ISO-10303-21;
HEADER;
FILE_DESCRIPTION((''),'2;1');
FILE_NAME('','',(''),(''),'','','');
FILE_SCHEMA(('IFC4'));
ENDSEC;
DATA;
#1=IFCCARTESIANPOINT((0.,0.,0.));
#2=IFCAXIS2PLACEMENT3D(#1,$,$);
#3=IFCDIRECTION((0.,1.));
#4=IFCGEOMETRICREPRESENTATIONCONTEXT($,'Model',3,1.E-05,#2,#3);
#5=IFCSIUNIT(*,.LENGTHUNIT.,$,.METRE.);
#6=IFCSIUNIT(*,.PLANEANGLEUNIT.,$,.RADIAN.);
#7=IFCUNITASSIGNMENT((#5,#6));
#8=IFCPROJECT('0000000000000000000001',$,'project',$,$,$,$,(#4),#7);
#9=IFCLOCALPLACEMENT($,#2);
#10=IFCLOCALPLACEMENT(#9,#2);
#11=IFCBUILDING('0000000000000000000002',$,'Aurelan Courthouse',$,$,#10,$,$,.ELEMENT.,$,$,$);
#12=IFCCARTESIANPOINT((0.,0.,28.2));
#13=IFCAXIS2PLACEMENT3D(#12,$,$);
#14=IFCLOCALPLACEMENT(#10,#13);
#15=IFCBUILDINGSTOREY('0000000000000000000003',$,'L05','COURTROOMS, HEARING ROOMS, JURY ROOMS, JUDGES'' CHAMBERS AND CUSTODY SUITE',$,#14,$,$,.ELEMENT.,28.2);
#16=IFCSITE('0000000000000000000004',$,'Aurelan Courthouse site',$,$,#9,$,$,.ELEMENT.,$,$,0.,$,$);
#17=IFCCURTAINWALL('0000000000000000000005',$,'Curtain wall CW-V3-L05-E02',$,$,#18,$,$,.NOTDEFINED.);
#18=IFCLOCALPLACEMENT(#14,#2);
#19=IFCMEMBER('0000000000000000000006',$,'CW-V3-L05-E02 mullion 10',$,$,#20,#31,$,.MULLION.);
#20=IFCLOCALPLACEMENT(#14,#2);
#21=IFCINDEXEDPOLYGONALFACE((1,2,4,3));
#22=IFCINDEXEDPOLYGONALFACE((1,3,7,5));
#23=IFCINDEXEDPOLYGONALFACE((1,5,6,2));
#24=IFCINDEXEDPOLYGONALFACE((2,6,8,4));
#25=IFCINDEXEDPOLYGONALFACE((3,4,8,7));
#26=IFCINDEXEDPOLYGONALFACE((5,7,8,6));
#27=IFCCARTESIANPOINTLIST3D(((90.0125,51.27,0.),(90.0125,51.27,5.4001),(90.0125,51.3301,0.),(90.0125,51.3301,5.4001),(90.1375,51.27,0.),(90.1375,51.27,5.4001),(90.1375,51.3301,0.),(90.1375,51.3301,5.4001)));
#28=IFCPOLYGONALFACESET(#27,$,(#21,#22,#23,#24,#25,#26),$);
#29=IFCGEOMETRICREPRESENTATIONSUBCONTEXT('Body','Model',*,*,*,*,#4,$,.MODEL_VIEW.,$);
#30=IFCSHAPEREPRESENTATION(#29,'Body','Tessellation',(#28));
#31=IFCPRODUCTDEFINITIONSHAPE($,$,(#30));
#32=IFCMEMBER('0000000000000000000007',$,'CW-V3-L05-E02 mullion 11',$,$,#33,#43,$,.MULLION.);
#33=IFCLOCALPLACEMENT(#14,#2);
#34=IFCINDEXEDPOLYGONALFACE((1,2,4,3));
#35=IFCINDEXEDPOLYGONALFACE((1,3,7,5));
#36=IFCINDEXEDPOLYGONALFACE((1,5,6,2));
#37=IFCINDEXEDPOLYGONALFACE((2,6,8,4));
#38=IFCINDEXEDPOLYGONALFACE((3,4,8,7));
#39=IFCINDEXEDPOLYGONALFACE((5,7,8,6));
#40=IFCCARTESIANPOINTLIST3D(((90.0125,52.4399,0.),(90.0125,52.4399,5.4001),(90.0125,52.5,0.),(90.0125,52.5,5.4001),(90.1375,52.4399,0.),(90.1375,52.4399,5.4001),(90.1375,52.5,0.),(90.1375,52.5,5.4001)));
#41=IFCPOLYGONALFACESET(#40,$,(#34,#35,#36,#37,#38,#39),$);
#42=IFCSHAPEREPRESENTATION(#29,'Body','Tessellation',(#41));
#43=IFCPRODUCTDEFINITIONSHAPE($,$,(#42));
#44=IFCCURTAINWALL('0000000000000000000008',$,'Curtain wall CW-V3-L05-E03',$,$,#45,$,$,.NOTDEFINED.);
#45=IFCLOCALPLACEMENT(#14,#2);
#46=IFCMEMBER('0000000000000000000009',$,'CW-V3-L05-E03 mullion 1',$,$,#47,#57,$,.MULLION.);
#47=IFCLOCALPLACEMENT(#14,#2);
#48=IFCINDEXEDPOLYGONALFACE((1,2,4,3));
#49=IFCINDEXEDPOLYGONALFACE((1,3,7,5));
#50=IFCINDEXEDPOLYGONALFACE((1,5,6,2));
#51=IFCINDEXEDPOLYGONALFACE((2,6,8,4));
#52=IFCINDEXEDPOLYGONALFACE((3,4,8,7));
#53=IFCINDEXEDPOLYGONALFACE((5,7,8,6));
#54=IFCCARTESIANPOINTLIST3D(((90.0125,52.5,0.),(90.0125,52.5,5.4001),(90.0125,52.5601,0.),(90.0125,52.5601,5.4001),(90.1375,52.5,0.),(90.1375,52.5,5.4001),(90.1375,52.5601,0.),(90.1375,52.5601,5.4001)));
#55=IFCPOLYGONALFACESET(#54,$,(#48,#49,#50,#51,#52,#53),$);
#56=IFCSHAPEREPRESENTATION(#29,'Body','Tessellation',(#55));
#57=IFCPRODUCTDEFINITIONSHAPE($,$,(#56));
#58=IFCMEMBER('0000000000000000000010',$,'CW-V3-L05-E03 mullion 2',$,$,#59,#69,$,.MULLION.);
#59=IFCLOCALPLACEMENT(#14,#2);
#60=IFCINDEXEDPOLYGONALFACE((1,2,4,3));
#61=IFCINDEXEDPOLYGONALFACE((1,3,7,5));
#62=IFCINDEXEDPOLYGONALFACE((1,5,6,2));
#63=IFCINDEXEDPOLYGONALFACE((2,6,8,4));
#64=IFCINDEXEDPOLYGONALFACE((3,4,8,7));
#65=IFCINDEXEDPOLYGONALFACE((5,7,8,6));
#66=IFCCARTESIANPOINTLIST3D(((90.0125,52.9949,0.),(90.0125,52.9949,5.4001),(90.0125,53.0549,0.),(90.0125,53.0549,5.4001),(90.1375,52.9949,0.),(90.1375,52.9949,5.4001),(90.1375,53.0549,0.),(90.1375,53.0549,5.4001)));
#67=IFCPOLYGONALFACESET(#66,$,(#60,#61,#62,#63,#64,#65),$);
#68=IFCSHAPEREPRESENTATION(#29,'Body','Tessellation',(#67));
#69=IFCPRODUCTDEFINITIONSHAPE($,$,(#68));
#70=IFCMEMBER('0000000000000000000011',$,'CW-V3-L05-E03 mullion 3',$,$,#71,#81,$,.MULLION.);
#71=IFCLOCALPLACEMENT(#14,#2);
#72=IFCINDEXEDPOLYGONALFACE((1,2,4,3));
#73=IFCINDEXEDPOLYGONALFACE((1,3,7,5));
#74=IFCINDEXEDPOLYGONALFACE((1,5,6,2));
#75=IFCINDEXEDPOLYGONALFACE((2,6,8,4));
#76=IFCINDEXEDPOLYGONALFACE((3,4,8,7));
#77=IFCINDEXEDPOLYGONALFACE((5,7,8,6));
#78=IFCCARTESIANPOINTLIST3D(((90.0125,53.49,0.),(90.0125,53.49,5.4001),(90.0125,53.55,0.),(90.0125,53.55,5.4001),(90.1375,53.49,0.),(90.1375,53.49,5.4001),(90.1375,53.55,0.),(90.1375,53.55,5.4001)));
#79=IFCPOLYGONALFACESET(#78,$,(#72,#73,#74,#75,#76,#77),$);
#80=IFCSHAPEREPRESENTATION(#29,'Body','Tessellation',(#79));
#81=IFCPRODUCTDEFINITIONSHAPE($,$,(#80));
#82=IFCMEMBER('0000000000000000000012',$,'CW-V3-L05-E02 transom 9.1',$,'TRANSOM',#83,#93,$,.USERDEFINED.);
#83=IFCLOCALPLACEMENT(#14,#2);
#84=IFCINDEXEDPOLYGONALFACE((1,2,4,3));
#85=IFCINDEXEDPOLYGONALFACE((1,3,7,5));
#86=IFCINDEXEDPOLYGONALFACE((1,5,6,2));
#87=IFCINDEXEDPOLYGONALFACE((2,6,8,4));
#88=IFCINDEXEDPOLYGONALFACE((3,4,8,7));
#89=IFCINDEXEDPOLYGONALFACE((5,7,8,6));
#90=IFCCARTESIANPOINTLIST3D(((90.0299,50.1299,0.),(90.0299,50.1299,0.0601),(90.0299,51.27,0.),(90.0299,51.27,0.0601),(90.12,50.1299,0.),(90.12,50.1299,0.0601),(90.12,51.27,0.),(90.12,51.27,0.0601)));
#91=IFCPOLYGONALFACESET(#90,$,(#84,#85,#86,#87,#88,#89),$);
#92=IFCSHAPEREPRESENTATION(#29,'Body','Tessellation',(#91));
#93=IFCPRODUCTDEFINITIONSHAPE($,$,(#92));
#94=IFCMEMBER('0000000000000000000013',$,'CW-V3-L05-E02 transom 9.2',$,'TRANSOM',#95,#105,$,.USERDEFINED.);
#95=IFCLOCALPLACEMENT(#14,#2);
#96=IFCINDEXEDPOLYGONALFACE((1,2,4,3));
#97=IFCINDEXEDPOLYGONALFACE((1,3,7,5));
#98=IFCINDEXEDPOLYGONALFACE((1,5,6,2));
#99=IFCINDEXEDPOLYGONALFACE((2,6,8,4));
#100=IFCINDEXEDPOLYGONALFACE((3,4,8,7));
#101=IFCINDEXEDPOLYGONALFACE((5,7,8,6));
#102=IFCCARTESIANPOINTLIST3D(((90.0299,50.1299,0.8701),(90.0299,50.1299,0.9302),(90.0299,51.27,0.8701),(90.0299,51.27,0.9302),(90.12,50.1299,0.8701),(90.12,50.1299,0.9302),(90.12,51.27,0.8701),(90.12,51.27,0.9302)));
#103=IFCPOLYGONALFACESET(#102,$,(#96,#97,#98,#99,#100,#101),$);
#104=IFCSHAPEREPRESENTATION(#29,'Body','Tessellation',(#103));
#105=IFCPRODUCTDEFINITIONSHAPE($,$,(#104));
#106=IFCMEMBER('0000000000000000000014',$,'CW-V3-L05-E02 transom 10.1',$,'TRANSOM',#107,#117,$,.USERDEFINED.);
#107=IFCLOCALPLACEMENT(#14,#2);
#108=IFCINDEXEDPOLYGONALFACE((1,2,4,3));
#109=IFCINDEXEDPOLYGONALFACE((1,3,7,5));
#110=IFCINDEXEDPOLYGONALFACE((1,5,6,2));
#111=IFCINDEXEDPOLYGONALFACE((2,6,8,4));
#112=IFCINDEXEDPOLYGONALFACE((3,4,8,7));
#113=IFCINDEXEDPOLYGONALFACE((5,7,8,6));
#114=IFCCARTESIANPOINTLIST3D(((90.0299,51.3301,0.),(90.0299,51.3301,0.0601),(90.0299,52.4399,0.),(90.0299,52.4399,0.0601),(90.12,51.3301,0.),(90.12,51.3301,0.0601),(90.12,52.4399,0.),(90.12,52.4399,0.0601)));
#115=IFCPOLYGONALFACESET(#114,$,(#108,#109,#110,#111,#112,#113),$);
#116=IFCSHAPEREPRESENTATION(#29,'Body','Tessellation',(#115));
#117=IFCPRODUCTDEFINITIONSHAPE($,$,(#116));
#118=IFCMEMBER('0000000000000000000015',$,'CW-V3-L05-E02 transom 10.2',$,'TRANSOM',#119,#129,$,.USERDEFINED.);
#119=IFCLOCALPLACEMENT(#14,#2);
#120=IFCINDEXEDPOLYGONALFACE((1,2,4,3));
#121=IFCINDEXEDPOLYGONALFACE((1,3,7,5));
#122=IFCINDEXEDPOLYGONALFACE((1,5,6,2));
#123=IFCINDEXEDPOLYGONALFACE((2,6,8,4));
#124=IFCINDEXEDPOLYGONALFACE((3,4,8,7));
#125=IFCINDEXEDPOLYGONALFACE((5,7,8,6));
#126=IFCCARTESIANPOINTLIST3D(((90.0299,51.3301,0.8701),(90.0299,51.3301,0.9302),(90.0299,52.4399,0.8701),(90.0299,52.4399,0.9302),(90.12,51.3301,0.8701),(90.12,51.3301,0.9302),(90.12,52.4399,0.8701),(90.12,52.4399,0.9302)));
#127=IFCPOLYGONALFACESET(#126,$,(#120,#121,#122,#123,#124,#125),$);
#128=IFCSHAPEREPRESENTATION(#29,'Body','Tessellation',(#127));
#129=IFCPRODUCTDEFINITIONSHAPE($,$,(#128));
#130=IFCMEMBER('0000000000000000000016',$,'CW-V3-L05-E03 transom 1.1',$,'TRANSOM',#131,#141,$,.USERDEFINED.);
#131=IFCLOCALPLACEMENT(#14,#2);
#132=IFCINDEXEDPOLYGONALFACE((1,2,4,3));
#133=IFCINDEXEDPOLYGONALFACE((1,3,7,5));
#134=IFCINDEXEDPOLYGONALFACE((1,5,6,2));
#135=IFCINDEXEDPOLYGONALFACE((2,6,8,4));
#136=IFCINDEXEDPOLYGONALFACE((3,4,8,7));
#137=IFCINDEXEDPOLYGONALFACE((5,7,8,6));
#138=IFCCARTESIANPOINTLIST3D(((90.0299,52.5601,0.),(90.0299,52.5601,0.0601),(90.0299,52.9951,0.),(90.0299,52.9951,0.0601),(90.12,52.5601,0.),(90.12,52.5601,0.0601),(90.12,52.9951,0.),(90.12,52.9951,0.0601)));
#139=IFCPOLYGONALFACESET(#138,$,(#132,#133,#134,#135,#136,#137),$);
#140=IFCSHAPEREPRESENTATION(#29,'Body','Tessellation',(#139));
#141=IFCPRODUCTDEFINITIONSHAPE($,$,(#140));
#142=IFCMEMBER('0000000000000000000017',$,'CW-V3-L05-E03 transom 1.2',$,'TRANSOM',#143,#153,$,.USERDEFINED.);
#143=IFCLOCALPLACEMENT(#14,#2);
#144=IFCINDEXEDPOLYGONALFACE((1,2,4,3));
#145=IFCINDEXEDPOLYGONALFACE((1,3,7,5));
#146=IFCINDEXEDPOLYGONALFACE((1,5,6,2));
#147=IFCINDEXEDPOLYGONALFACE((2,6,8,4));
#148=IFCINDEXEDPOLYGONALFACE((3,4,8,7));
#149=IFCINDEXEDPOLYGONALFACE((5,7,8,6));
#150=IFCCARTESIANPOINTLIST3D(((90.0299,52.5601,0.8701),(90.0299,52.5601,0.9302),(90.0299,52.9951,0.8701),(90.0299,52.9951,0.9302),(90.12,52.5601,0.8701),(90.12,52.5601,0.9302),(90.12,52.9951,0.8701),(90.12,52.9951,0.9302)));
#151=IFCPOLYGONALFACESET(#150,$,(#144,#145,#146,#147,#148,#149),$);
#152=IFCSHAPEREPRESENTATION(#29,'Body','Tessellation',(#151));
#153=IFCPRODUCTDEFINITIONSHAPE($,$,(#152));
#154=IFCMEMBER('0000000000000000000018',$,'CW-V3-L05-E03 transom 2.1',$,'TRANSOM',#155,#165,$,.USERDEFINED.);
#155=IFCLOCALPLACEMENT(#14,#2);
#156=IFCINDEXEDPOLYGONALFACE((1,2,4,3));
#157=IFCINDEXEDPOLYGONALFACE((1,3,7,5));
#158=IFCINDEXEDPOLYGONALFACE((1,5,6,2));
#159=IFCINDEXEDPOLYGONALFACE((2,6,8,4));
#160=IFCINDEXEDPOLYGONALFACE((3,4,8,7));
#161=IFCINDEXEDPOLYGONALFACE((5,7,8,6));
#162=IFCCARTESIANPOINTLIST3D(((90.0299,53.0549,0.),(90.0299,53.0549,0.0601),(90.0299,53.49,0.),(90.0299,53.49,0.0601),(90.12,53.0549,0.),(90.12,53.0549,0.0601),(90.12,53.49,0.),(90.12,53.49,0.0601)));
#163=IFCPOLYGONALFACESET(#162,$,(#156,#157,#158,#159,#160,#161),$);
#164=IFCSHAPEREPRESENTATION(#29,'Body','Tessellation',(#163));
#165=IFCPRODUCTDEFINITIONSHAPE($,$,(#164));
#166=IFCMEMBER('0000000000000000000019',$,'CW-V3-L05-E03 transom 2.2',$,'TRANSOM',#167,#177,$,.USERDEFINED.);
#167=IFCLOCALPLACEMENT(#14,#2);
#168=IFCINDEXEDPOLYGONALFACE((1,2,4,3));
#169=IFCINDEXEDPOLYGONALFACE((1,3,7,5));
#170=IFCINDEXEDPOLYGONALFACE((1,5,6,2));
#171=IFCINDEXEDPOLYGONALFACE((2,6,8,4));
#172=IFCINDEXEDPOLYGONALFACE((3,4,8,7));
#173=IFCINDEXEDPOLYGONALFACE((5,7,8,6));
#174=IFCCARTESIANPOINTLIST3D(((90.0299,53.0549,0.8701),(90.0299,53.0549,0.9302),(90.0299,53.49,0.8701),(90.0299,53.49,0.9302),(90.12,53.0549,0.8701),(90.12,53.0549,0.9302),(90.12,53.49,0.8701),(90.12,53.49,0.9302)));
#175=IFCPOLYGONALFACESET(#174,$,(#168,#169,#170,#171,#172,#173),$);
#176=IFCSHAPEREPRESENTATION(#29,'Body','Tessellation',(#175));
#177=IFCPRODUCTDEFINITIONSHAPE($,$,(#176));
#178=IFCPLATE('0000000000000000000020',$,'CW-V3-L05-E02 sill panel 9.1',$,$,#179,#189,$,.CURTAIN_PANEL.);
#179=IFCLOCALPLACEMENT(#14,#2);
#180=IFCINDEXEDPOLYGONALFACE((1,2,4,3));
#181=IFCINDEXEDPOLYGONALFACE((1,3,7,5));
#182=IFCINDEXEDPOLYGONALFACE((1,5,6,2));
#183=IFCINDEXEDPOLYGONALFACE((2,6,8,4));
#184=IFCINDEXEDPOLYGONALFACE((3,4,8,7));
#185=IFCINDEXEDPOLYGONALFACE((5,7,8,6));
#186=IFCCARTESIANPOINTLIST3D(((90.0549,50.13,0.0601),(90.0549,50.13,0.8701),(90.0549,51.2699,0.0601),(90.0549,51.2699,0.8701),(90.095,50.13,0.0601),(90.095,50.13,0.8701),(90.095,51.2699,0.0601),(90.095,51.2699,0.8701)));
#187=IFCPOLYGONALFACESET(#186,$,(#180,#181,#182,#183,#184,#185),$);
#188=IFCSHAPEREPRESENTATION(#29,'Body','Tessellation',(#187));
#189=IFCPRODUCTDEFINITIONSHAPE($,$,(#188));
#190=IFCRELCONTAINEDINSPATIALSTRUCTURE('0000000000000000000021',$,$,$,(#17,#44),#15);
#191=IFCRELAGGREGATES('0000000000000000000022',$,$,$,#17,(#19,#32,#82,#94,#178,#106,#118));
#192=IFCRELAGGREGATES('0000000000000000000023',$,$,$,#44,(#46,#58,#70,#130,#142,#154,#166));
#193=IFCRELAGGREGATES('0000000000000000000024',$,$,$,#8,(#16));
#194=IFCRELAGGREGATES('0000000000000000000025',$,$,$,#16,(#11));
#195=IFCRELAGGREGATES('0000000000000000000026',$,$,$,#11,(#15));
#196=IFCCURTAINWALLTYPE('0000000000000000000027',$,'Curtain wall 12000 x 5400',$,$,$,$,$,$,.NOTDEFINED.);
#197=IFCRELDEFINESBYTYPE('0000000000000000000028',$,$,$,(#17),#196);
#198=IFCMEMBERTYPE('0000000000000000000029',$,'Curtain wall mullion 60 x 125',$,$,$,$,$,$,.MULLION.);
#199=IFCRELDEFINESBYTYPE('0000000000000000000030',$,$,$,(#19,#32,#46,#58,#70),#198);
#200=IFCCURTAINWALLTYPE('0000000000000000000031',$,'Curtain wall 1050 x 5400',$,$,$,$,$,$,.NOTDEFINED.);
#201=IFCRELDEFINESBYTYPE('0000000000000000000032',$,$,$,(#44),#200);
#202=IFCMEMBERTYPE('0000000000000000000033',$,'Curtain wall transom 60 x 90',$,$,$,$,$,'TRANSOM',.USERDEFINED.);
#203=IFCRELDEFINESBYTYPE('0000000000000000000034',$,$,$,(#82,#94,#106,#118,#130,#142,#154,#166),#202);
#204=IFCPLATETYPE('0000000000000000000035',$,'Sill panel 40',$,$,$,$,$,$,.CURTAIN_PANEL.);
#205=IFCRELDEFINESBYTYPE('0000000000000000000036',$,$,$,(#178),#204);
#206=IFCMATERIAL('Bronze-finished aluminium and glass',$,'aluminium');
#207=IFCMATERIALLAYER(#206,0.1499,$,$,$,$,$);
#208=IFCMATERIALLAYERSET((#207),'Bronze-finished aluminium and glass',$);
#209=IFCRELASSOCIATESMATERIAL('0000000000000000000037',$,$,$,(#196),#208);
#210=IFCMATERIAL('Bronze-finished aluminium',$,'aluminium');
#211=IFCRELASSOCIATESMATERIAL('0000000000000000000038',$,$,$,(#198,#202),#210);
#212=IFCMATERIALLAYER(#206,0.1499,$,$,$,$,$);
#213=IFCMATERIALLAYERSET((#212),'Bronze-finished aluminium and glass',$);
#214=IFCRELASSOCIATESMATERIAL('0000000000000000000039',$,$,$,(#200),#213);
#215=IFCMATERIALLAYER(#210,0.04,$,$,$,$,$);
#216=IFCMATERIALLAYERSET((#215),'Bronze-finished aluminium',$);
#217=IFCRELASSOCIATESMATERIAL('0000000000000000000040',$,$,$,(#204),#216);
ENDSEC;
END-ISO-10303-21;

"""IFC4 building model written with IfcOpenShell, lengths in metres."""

from ifc_helpers import new_model, si_unit, direction, frame, origin, origin_2d, place, context, subcontext, project, spatial, rectangle, extrude, material, layer, layer_set, material_profile, profile_set, type_object, element, aggregate, save


model = new_model("IFC4")

# Units and contexts
model_context = context("Model", 3, precision=1e-05, world=origin(), true_north=direction((0.0, 1.0)))
body_context = subcontext(model_context, "Body", "Model", "MODEL_VIEW")
ifc_project = project(units=[si_unit("LENGTHUNIT", "METRE"), si_unit("PLANEANGLEUNIT", "RADIAN")], contexts=[model_context])

# Site, building, storey
site_placement = place(None, origin())
site = spatial("IfcSite", under=ifc_project, at=site_placement, Name="Aurelan Courthouse site", CompositionType="ELEMENT", RefElevation=0.0)
building_placement = place(site_placement, origin())
building = spatial("IfcBuilding", under=site, at=building_placement, Name="Aurelan Courthouse", CompositionType="ELEMENT")
storey_placement = place(building_placement, frame((0.0, 0.0, 28.2)))
storey = spatial("IfcBuildingStorey", under=building, at=storey_placement, Name="L05", Description="COURTROOMS, HEARING ROOMS, JURY ROOMS, JUDGES' CHAMBERS AND CUSTODY SUITE", CompositionType="ELEMENT", Elevation=28.2)

# Curtain walls, members
ifc_material_1 = material(Name="Bronze-finished aluminium and glass", Category="aluminium")
ifc_layer_1 = layer(ifc_material_1, 0.1499)
ifc_layer_set_1 = layer_set([ifc_layer_1], Name="Bronze-finished aluminium and glass")
curtain_wall_type_1 = type_object("IfcCurtainWallType", Name="Curtain wall 12000 x 5400", PredefinedType="NOTDEFINED", material=ifc_layer_set_1)
curtain_wall_1_placement = place(storey_placement, origin())
curtain_wall_1 = element("IfcCurtainWall", 1, at=curtain_wall_1_placement, inside=storey, type_object=curtain_wall_type_1, Name="Curtain wall CW-V3-L05-E02", PredefinedType="NOTDEFINED")
ifc_material_2 = material(Name="Bronze-finished aluminium", Category="aluminium")
ifc_material_profile_1 = material_profile(ifc_material_2, rectangle(XDim=0.125, YDim=0.0601, at=origin_2d()), Name="Bronze mullion 60 x 125")
ifc_profile_set_1 = profile_set([ifc_material_profile_1], Name="Bronze-finished aluminium")
member_type_1 = type_object("IfcMemberType", Name="Curtain wall mullion 60 x 125", PredefinedType="MULLION", material=ifc_profile_set_1)
member_1_placement = place(storey_placement, frame((90.075, 51.3, 0.0), z_axis=(0.0, 0.0, 1.0), x_axis=(-1.0, 0.0, 0.0)))
member_1 = element("IfcMember", 2, at=member_1_placement, type_object=member_type_1, Name="CW-V3-L05-E02 mullion 10", PredefinedType="MULLION", context=body_context, shape_type="SweptSolid", body=[
    extrude(rectangle(XDim=0.125, YDim=0.0601, at=origin_2d()), origin(), (0.0, 0.0, 1.0), 5.4001),
])
member_2_placement = place(storey_placement, frame((90.075, 52.47, 0.0), z_axis=(0.0, 0.0, 1.0), x_axis=(-1.0, 0.0, 0.0)))
member_2 = element("IfcMember", 3, at=member_2_placement, type_object=member_type_1, Name="CW-V3-L05-E02 mullion 11", PredefinedType="MULLION", context=body_context, shape_type="SweptSolid", body=[
    extrude(rectangle(XDim=0.125, YDim=0.0601, at=origin_2d()), origin(), (0.0, 0.0, 1.0), 5.4001),
])
ifc_layer_2 = layer(ifc_material_1, 0.1499)
ifc_layer_set_2 = layer_set([ifc_layer_2], Name="Bronze-finished aluminium and glass")
curtain_wall_type_2 = type_object("IfcCurtainWallType", Name="Curtain wall 1050 x 5400", PredefinedType="NOTDEFINED", material=ifc_layer_set_2)
curtain_wall_2_placement = place(storey_placement, origin())
curtain_wall_2 = element("IfcCurtainWall", 4, at=curtain_wall_2_placement, inside=storey, type_object=curtain_wall_type_2, Name="Curtain wall CW-V3-L05-E03", PredefinedType="NOTDEFINED")
member_3_placement = place(storey_placement, frame((90.075, 52.53, 0.0), z_axis=(0.0, 0.0, 1.0), x_axis=(-1.0, 0.0, 0.0)))
member_3 = element("IfcMember", 5, at=member_3_placement, type_object=member_type_1, Name="CW-V3-L05-E03 mullion 1", PredefinedType="MULLION", context=body_context, shape_type="SweptSolid", body=[
    extrude(rectangle(XDim=0.125, YDim=0.0601, at=origin_2d()), origin(), (0.0, 0.0, 1.0), 5.4001),
])
member_4_placement = place(storey_placement, frame((90.075, 53.0249, 0.0), z_axis=(0.0, 0.0, 1.0), x_axis=(-1.0, 0.0, 0.0)))
member_4 = element("IfcMember", 6, at=member_4_placement, type_object=member_type_1, Name="CW-V3-L05-E03 mullion 2", PredefinedType="MULLION", context=body_context, shape_type="SweptSolid", body=[
    extrude(rectangle(XDim=0.125, YDim=0.0601, at=origin_2d()), origin(), (0.0, 0.0, 1.0), 5.4001),
])
member_5_placement = place(storey_placement, frame((90.075, 53.52, 0.0), z_axis=(0.0, 0.0, 1.0), x_axis=(-1.0, 0.0, 0.0)))
member_5 = element("IfcMember", 7, at=member_5_placement, type_object=member_type_1, Name="CW-V3-L05-E03 mullion 3", PredefinedType="MULLION", context=body_context, shape_type="SweptSolid", body=[
    extrude(rectangle(XDim=0.125, YDim=0.0601, at=origin_2d()), origin(), (0.0, 0.0, 1.0), 5.4001),
])

# Members
ifc_material_profile_2 = material_profile(ifc_material_2, rectangle(XDim=0.0901, YDim=0.0601, at=origin_2d()), Name="Bronze transom 60 x 90")
ifc_profile_set_2 = profile_set([ifc_material_profile_2], Name="Bronze-finished aluminium")
member_type_2 = type_object("IfcMemberType", Name="Curtain wall transom 60 x 90", ElementType="TRANSOM", PredefinedType="USERDEFINED", material=ifc_profile_set_2)
member_6_placement = place(storey_placement, frame((90.075, 50.1299, 0.03), z_axis=(0.0, 1.0, 0.0), x_axis=(-1.0, 0.0, 0.0)))
member_6 = element("IfcMember", 8, at=member_6_placement, type_object=member_type_2, Name="CW-V3-L05-E02 transom 9.1", ObjectType="TRANSOM", PredefinedType="USERDEFINED", context=body_context, shape_type="SweptSolid", body=[
    extrude(rectangle(XDim=0.0901, YDim=0.0601, at=origin_2d()), origin(), (0.0, 0.0, 1.0), 1.1401),
])
member_7_placement = place(storey_placement, frame((90.075, 50.1299, 0.9001), z_axis=(0.0, 1.0, 0.0), x_axis=(-1.0, 0.0, 0.0)))
member_7 = element("IfcMember", 9, at=member_7_placement, type_object=member_type_2, Name="CW-V3-L05-E02 transom 9.2", ObjectType="TRANSOM", PredefinedType="USERDEFINED", context=body_context, shape_type="SweptSolid", body=[
    extrude(rectangle(XDim=0.0901, YDim=0.0601, at=origin_2d()), origin(), (0.0, 0.0, 1.0), 1.1401),
])
member_8_placement = place(storey_placement, frame((90.075, 51.3301, 0.03), z_axis=(0.0, 1.0, 0.0), x_axis=(-1.0, 0.0, 0.0)))
member_8 = element("IfcMember", 10, at=member_8_placement, type_object=member_type_2, Name="CW-V3-L05-E02 transom 10.1", ObjectType="TRANSOM", PredefinedType="USERDEFINED", context=body_context, shape_type="SweptSolid", body=[
    extrude(rectangle(XDim=0.0901, YDim=0.0601, at=origin_2d()), origin(), (0.0, 0.0, 1.0), 1.1099),
])
member_9_placement = place(storey_placement, frame((90.075, 51.3301, 0.9001), z_axis=(0.0, 1.0, 0.0), x_axis=(-1.0, 0.0, 0.0)))
member_9 = element("IfcMember", 11, at=member_9_placement, type_object=member_type_2, Name="CW-V3-L05-E02 transom 10.2", ObjectType="TRANSOM", PredefinedType="USERDEFINED", context=body_context, shape_type="SweptSolid", body=[
    extrude(rectangle(XDim=0.0901, YDim=0.0601, at=origin_2d()), origin(), (0.0, 0.0, 1.0), 1.1099),
])
member_10_placement = place(storey_placement, frame((90.075, 52.5601, 0.03), z_axis=(0.0, 1.0, 0.0), x_axis=(-1.0, 0.0, 0.0)))
member_10 = element("IfcMember", 12, at=member_10_placement, type_object=member_type_2, Name="CW-V3-L05-E03 transom 1.1", ObjectType="TRANSOM", PredefinedType="USERDEFINED", context=body_context, shape_type="SweptSolid", body=[
    extrude(rectangle(XDim=0.0901, YDim=0.0601, at=origin_2d()), origin(), (0.0, 0.0, 1.0), 0.4351),
])
member_11_placement = place(storey_placement, frame((90.075, 52.5601, 0.9001), z_axis=(0.0, 1.0, 0.0), x_axis=(-1.0, 0.0, 0.0)))
member_11 = element("IfcMember", 13, at=member_11_placement, type_object=member_type_2, Name="CW-V3-L05-E03 transom 1.2", ObjectType="TRANSOM", PredefinedType="USERDEFINED", context=body_context, shape_type="SweptSolid", body=[
    extrude(rectangle(XDim=0.0901, YDim=0.0601, at=origin_2d()), origin(), (0.0, 0.0, 1.0), 0.4351),
])
member_12_placement = place(storey_placement, frame((90.075, 53.0549, 0.03), z_axis=(0.0, 1.0, 0.0), x_axis=(-1.0, 0.0, 0.0)))
member_12 = element("IfcMember", 14, at=member_12_placement, type_object=member_type_2, Name="CW-V3-L05-E03 transom 2.1", ObjectType="TRANSOM", PredefinedType="USERDEFINED", context=body_context, shape_type="SweptSolid", body=[
    extrude(rectangle(XDim=0.0901, YDim=0.0601, at=origin_2d()), origin(), (0.0, 0.0, 1.0), 0.4351),
])
member_13_placement = place(storey_placement, frame((90.075, 53.0549, 0.9001), z_axis=(0.0, 1.0, 0.0), x_axis=(-1.0, 0.0, 0.0)))
member_13 = element("IfcMember", 15, at=member_13_placement, type_object=member_type_2, Name="CW-V3-L05-E03 transom 2.2", ObjectType="TRANSOM", PredefinedType="USERDEFINED", context=body_context, shape_type="SweptSolid", body=[
    extrude(rectangle(XDim=0.0901, YDim=0.0601, at=origin_2d()), origin(), (0.0, 0.0, 1.0), 0.4351),
])

# Plate
ifc_layer_3 = layer(ifc_material_2, 0.04)
ifc_layer_set_3 = layer_set([ifc_layer_3], Name="Bronze-finished aluminium")
plate_type_1 = type_object("IfcPlateType", Name="Sill panel 40", PredefinedType="CURTAIN_PANEL", material=ifc_layer_set_3)
plate_1_placement = place(storey_placement, frame((90.075, 50.7, 0.0601), z_axis=(0.0, 0.0, 1.0), x_axis=(0.0, 1.0, 0.0)))
plate_1 = element("IfcPlate", 16, at=plate_1_placement, type_object=plate_type_1, Name="CW-V3-L05-E02 sill panel 9.1", PredefinedType="CURTAIN_PANEL", context=body_context, shape_type="SweptSolid", body=[
    extrude(rectangle(XDim=1.1399, YDim=0.04, at=origin_2d()), origin(), (0.0, 0.0, 1.0), 0.8101),
])
aggregate(curtain_wall_1, [member_1, member_2, member_6, member_7, plate_1, member_8, member_9])
aggregate(curtain_wall_2, [member_3, member_4, member_5, member_10, member_11, member_12, member_13])

save(model, "model.ifc")
